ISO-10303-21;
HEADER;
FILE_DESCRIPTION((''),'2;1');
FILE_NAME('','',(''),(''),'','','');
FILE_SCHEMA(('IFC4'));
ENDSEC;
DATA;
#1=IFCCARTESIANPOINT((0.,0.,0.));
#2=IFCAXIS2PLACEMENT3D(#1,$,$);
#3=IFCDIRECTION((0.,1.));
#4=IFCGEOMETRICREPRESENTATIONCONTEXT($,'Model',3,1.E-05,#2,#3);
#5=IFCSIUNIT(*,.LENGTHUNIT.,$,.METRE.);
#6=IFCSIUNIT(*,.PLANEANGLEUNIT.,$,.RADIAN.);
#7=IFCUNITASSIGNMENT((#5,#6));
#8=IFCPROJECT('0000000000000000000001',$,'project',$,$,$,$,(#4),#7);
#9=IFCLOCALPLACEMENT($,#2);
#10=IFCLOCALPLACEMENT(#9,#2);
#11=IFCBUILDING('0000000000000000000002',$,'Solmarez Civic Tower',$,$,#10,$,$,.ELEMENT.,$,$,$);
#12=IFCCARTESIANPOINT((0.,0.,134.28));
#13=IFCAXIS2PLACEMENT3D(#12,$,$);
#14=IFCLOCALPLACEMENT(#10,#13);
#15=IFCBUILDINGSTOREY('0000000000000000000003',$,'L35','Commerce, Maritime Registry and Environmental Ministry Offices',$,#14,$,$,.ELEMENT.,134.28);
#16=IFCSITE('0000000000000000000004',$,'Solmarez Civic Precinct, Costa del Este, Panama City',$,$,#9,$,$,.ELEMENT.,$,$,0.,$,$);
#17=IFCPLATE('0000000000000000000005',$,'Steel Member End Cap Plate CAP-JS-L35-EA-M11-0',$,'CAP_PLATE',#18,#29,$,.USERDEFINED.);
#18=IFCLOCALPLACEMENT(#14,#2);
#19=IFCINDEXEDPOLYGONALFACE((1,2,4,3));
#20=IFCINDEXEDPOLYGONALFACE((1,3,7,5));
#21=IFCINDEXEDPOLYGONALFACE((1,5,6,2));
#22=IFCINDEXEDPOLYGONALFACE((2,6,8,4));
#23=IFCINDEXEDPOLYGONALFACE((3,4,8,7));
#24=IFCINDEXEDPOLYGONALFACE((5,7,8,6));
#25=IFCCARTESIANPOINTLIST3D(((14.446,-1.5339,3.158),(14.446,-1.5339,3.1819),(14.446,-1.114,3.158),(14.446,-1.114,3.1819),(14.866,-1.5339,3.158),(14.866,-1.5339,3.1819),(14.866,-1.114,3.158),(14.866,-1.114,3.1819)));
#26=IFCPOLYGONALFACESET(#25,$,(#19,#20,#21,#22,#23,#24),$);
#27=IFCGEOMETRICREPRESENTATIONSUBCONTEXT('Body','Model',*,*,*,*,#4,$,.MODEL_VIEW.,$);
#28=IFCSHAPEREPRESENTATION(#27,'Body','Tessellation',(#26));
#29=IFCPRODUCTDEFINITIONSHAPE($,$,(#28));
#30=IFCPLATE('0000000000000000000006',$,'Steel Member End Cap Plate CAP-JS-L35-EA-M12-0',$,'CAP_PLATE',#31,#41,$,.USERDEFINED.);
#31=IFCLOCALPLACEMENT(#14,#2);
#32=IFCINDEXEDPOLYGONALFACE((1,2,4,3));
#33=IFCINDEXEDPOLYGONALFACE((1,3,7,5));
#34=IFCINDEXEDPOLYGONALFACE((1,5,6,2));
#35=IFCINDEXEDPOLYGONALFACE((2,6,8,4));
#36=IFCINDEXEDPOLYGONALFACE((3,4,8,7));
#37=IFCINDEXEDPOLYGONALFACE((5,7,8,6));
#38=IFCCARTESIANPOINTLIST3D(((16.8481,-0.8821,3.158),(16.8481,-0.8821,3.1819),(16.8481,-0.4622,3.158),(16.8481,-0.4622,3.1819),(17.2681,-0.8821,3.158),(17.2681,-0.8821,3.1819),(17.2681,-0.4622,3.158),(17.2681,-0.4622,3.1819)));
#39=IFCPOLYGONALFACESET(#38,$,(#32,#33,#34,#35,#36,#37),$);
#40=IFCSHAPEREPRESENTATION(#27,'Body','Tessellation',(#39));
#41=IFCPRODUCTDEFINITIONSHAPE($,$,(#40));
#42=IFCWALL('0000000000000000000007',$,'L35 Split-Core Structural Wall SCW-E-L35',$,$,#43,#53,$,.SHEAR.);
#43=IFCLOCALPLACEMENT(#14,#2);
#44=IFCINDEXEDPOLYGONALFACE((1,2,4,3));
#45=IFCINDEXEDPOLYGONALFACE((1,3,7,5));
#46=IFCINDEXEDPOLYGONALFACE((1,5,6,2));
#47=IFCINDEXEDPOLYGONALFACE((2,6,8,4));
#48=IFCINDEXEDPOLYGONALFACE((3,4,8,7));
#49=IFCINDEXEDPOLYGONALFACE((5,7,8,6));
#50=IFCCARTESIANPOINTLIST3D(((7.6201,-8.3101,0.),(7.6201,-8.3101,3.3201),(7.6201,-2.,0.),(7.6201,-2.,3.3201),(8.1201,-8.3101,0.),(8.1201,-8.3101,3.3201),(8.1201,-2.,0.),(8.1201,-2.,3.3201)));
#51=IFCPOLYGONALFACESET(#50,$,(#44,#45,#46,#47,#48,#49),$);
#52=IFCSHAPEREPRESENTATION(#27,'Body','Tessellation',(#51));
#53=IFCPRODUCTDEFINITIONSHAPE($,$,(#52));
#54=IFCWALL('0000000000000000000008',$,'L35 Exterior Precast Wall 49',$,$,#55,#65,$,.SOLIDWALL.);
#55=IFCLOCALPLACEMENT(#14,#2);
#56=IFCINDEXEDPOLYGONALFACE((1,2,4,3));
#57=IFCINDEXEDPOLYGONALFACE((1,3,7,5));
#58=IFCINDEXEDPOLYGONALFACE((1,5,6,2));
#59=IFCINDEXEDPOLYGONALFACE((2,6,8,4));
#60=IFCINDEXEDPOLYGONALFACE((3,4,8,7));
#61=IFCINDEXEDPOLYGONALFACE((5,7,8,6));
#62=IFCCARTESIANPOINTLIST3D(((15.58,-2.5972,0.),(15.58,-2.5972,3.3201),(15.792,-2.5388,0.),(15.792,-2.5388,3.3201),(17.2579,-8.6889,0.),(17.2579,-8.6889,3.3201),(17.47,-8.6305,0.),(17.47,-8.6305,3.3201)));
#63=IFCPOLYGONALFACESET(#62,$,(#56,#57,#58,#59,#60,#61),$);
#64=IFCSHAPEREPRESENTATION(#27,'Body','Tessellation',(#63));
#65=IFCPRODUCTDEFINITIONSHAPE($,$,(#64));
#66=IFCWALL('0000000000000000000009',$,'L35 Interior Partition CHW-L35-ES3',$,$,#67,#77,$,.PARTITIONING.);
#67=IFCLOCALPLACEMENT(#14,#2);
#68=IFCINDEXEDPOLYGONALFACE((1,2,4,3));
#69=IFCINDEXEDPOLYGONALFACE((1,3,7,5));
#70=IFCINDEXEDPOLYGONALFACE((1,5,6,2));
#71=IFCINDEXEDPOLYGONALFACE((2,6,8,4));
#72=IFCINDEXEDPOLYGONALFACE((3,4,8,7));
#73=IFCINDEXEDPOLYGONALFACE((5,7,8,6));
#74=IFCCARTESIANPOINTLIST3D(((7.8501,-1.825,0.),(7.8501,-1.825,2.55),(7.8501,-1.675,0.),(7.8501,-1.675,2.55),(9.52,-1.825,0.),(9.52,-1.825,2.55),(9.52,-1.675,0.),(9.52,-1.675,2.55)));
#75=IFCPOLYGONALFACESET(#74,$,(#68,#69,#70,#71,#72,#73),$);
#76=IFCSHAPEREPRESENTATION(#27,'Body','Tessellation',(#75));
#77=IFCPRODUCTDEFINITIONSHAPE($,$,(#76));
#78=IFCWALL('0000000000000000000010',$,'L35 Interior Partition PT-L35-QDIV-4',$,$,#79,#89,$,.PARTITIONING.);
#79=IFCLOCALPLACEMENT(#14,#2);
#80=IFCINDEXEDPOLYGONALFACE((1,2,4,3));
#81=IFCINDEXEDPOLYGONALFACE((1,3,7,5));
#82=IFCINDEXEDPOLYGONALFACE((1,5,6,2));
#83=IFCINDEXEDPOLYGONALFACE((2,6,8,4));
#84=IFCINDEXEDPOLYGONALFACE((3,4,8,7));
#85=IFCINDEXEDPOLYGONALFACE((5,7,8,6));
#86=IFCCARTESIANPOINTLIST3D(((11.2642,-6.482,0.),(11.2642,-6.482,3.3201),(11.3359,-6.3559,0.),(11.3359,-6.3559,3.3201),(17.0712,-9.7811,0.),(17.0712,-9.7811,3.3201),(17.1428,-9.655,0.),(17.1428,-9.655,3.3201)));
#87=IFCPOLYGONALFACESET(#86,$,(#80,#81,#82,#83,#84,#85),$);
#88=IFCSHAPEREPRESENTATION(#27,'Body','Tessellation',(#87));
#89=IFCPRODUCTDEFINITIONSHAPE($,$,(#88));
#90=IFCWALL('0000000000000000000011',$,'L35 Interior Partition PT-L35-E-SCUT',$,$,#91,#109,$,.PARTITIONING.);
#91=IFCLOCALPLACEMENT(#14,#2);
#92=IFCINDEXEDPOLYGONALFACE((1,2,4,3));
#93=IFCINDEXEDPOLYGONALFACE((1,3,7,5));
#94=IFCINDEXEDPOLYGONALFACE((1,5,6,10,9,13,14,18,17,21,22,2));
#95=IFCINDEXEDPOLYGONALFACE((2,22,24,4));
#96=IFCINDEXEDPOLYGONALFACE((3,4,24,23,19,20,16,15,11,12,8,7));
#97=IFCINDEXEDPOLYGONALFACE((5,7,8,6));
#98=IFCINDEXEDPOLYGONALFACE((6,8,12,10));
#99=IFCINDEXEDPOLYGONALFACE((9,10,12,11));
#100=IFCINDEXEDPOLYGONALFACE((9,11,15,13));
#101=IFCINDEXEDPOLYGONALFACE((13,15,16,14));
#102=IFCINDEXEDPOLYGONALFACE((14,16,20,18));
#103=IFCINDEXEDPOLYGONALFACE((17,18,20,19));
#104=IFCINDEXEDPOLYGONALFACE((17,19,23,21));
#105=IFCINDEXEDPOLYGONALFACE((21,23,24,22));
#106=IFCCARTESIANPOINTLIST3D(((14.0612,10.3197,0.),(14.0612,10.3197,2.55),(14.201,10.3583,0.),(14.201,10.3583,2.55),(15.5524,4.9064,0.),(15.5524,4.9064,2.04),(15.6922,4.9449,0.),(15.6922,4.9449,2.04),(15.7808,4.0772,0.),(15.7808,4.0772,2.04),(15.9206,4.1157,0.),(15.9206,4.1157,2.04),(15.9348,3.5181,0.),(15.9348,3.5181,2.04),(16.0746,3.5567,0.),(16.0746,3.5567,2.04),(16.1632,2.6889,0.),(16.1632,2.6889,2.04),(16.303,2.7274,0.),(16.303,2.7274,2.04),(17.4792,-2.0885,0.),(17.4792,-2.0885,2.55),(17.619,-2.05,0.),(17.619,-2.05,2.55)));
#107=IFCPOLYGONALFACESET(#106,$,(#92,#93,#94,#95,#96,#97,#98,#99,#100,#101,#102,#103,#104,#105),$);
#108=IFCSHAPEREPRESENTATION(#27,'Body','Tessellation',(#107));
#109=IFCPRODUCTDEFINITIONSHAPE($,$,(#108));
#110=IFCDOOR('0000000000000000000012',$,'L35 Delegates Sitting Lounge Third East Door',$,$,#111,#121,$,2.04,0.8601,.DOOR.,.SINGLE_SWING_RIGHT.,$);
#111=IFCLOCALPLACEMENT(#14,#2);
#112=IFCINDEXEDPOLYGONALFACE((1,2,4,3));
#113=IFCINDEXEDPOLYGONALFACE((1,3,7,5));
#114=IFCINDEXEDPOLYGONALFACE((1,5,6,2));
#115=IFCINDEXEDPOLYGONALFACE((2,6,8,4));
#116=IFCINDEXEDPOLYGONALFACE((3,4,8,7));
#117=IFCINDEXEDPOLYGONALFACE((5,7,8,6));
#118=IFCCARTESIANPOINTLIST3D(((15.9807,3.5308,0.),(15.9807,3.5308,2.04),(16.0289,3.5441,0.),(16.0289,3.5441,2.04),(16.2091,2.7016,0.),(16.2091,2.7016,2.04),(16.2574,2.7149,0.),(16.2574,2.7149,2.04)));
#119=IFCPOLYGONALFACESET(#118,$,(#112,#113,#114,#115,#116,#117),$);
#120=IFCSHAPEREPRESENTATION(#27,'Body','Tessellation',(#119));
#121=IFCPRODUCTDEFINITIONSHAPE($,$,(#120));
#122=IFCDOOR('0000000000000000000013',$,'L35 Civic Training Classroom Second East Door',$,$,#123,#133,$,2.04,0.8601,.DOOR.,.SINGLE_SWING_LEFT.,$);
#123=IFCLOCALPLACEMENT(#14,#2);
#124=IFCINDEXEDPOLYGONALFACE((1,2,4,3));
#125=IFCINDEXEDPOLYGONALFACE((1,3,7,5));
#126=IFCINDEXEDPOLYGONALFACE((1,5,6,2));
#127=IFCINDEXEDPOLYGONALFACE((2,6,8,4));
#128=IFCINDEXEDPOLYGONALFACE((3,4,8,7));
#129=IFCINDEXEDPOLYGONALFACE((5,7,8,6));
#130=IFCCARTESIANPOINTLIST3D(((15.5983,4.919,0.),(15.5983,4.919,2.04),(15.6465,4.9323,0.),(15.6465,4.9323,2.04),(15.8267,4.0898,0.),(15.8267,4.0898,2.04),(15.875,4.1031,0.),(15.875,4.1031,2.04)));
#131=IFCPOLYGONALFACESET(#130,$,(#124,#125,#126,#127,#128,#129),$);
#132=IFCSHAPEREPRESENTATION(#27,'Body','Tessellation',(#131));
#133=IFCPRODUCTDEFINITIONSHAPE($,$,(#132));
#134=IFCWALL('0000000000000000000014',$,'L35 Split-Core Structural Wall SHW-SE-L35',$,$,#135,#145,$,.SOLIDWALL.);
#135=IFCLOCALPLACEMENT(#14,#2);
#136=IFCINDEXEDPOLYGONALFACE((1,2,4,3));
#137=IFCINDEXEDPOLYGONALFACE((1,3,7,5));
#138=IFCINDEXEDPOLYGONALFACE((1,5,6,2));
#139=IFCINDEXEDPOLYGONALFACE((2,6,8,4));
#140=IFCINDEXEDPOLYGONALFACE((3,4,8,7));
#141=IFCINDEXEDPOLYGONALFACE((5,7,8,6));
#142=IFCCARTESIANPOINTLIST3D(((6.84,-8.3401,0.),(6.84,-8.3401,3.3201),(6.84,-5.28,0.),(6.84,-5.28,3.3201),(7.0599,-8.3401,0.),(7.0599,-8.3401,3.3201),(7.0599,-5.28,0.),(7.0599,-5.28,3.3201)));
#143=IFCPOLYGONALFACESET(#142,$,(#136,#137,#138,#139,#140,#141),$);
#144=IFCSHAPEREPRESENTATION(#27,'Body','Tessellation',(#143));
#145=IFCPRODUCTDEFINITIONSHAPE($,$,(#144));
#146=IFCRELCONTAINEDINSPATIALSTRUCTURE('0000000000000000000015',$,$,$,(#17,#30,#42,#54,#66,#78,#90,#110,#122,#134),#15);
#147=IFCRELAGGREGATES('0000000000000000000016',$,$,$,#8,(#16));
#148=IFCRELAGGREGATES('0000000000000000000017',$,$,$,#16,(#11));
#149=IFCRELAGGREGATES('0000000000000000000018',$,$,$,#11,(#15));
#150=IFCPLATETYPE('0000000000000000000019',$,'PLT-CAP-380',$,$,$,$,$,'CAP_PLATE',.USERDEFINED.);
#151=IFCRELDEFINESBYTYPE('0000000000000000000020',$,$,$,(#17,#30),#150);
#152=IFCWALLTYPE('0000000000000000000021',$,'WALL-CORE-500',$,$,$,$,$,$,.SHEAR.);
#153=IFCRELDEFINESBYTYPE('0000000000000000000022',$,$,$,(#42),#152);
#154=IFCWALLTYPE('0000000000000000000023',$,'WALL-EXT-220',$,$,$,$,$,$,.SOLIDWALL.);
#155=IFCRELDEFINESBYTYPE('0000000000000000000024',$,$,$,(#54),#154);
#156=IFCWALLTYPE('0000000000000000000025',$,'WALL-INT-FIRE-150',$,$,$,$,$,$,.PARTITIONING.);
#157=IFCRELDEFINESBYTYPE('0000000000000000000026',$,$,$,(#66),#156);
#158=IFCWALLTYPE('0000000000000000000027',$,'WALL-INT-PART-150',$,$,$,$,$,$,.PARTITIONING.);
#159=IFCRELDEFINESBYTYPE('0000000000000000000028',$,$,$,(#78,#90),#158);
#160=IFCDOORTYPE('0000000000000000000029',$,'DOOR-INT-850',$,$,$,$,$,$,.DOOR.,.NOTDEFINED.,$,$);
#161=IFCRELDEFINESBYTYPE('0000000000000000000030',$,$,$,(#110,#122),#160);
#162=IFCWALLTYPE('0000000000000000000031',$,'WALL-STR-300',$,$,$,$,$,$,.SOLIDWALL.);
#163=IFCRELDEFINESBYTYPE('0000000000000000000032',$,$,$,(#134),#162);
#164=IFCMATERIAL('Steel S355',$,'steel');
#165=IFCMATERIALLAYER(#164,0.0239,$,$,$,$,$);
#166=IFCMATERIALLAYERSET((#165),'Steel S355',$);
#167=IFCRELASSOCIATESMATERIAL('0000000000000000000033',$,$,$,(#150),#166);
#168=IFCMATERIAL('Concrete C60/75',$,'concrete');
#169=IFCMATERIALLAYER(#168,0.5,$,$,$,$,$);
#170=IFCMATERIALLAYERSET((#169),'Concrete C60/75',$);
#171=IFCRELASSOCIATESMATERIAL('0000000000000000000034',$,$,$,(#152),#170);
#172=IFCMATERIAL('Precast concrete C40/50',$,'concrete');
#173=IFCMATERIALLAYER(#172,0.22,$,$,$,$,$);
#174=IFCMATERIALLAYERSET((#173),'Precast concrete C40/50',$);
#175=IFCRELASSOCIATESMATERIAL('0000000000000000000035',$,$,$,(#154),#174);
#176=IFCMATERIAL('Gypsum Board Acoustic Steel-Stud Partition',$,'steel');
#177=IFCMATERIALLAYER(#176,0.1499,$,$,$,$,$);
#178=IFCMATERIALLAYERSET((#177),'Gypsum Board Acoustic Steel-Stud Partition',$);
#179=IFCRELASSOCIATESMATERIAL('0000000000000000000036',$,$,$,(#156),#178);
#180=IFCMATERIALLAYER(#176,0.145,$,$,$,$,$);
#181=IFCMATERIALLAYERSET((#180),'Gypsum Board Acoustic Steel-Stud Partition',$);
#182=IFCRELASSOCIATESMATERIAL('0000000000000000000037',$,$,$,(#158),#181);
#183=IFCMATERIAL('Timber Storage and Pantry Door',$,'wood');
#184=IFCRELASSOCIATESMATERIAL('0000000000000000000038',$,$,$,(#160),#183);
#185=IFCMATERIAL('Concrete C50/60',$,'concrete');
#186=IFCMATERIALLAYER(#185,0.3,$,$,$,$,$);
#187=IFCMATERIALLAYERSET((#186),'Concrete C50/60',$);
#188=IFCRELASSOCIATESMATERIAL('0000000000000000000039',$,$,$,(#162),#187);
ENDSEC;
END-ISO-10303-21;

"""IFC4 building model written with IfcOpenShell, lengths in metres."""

from ifc_helpers import new_model, si_unit, direction, frame, frame_2d, origin, origin_2d, place, context, subcontext, project, spatial, rectangle, extrude, material, layer, layer_set, type_object, element, fill, save


model = new_model("IFC4")

# Units and contexts
model_context = context("Model", 3, precision=1e-05, world=origin(), true_north=direction((0.0, 1.0)))
body_context = subcontext(model_context, "Body", "Model", "MODEL_VIEW")
ifc_project = project(units=[si_unit("LENGTHUNIT", "METRE"), si_unit("PLANEANGLEUNIT", "RADIAN")], contexts=[model_context])

# Site, building, storey
site_placement = place(None, origin())
site = spatial("IfcSite", under=ifc_project, at=site_placement, Name="Solmarez Civic Precinct, Costa del Este, Panama City", CompositionType="ELEMENT", RefElevation=0.0)
building_placement = place(site_placement, origin())
building = spatial("IfcBuilding", under=site, at=building_placement, Name="Solmarez Civic Tower", CompositionType="ELEMENT")
storey_placement = place(building_placement, frame((0.0, 0.0, 134.28)))
storey = spatial("IfcBuildingStorey", under=building, at=storey_placement, Name="L35", Description="Commerce, Maritime Registry and Environmental Ministry Offices", CompositionType="ELEMENT", Elevation=134.28)

# Shared definitions
ifc_material_1 = material(Name="Concrete C50/60", Category="concrete")

# Shared definitions
ifc_material_2 = material(Name="Steel S355", Category="steel")

# Plates
ifc_layer_1 = layer(ifc_material_2, 0.0239)
ifc_layer_set_1 = layer_set([ifc_layer_1], Name="Steel S355")
plate_type = type_object("IfcPlateType", Name="PLT-CAP-380", ElementType="CAP_PLATE", PredefinedType="USERDEFINED", material=ifc_layer_set_1)
for number, where, z_axis, x_axis, name in (
    (1, (14.656, -1.324, 3.158), (0.0, 0.0, 1.0), (1.0, 0.0, 0.0), "Steel Member End Cap Plate CAP-JS-L35-EA-M11-0"),
    (2, (17.0581, -0.6721, 3.158), (0.0, 0.0, 1.0), (1.0, 0.0, 0.0), "Steel Member End Cap Plate CAP-JS-L35-EA-M12-0"),
):
    element("IfcPlate", number, at=place(storey_placement, frame(where, z_axis=z_axis, x_axis=x_axis)), inside=storey, type_object=plate_type, Name=name, ObjectType="CAP_PLATE", PredefinedType="USERDEFINED", context=body_context, shape_type="SweptSolid", body=[
        extrude(rectangle(XDim=0.4199, YDim=0.4199, at=origin_2d()), origin(), (0.0, 0.0, 1.0), 0.0239),
    ])

# Walls
ifc_material_3 = material(Name="Concrete C60/75", Category="concrete")
ifc_layer_2 = layer(ifc_material_3, 0.5)
ifc_layer_set_2 = layer_set([ifc_layer_2], Name="Concrete C60/75")
wall_type_1 = type_object("IfcWallType", Name="WALL-CORE-500", PredefinedType="SHEAR", material=ifc_layer_set_2)
wall_1_placement = place(storey_placement, frame((7.8701, -2.0, 0.0), z_axis=(0.0, 0.0, 1.0), x_axis=(0.0, -1.0, 0.0)))
element("IfcWall", 3, at=wall_1_placement, inside=storey, type_object=wall_type_1, Name="L35 Split-Core Structural Wall SCW-E-L35", PredefinedType="SHEAR", context=body_context, shape_type="SweptSolid", body=[
    extrude(rectangle(XDim=6.3101, YDim=0.5, at=frame_2d((3.155, 0.0))), origin(), (0.0, 0.0, 1.0), 3.3201),
])
ifc_material_4 = material(Name="Precast concrete C40/50", Category="concrete")
ifc_layer_3 = layer(ifc_material_4, 0.22)
ifc_layer_set_3 = layer_set([ifc_layer_3], Name="Precast concrete C40/50")
wall_type_2 = type_object("IfcWallType", Name="WALL-EXT-220", PredefinedType="SOLIDWALL", material=ifc_layer_set_3)
wall_2_placement = place(storey_placement, frame((15.686, -2.5681, 0.0), z_axis=(0.0, 0.0, 1.0), x_axis=(0.265559, -0.964095, 0.0)))
element("IfcWall", 4, at=wall_2_placement, inside=storey, type_object=wall_type_2, Name="L35 Exterior Precast Wall 49", PredefinedType="SOLIDWALL", context=body_context, shape_type="SweptSolid", body=[
    extrude(rectangle(XDim=6.3186, YDim=0.22, at=frame_2d((3.1592, 0.0))), origin(), (0.0, 0.0, 1.0), 3.3201),
])
ifc_material_5 = material(Name="Gypsum Board Acoustic Steel-Stud Partition", Category="steel")
ifc_layer_4 = layer(ifc_material_5, 0.1499)
ifc_layer_set_4 = layer_set([ifc_layer_4], Name="Gypsum Board Acoustic Steel-Stud Partition")
wall_type_3 = type_object("IfcWallType", Name="WALL-INT-FIRE-150", PredefinedType="PARTITIONING", material=ifc_layer_set_4)
wall_3_placement = place(storey_placement, frame((7.8501, -1.75, 0.0), z_axis=(0.0, 0.0, 1.0), x_axis=(1.0, 0.0, 0.0)))
element("IfcWall", 5, at=wall_3_placement, inside=storey, type_object=wall_type_3, Name="L35 Interior Partition CHW-L35-ES3", PredefinedType="PARTITIONING", context=body_context, shape_type="SweptSolid", body=[
    extrude(rectangle(XDim=1.6699, YDim=0.1499, at=frame_2d((0.835, 0.0))), origin(), (0.0, 0.0, 1.0), 2.55),
])
ifc_layer_5 = layer(ifc_material_5, 0.145)
ifc_layer_set_5 = layer_set([ifc_layer_5], Name="Gypsum Board Acoustic Steel-Stud Partition")
wall_type_4 = type_object("IfcWallType", Name="WALL-INT-PART-150", PredefinedType="PARTITIONING", material=ifc_layer_set_5)
wall_4_placement = place(storey_placement, frame((11.3, -6.4189, 0.0), z_axis=(0.0, 0.0, 1.0), x_axis=(0.869475, -0.493976, 0.0)))
element("IfcWall", 6, at=wall_4_placement, inside=storey, type_object=wall_type_4, Name="L35 Interior Partition PT-L35-QDIV-4", PredefinedType="PARTITIONING", context=body_context, shape_type="SweptSolid", body=[
    extrude(rectangle(XDim=6.6787, YDim=0.145, at=frame_2d((3.3394, 0.0))), origin(), (0.0, 0.0, 1.0), 3.3201),
])

# Wall, openings, doors
wall_5_placement = place(storey_placement, frame((17.5491, -2.0691, 0.0), z_axis=(0.0, 0.0, 1.0), x_axis=(-0.265569, 0.964092, 0.0)))
wall_5 = element("IfcWall", 7, at=wall_5_placement, inside=storey, type_object=wall_type_4, Name="L35 Interior Partition PT-L35-E-SCUT", PredefinedType="PARTITIONING", context=body_context, shape_type="SweptSolid", body=[
    extrude(rectangle(XDim=12.8704, YDim=0.145, at=frame_2d((6.4351, 0.0))), origin(), (0.0, 0.0, 1.0), 2.55),
])
opening_1_placement = place(wall_5_placement, frame((4.9551, 0.0, 0.0)))
opening_1 = element("IfcOpeningElement", 8, at=opening_1_placement, cuts=wall_5, PredefinedType="OPENING", context=body_context, shape_type="SweptSolid", body=[
    extrude(rectangle(XDim=0.8601, YDim=2.04, at=frame_2d((0.4302, 1.02))), frame((0.0, 0.0825, 0.0), z_axis=(0.0, -1.0, 0.0), x_axis=(1.0, 0.0, 0.0)), (0.0, 0.0, 1.0), 0.165),
])
opening_2_placement = place(wall_5_placement, frame((6.395, 0.0, 0.0)))
opening_2 = element("IfcOpeningElement", 9, at=opening_2_placement, cuts=wall_5, PredefinedType="OPENING", context=body_context, shape_type="SweptSolid", body=[
    extrude(rectangle(XDim=0.8601, YDim=2.04, at=frame_2d((0.4302, 1.02))), frame((0.0, 0.0825, 0.0), z_axis=(0.0, -1.0, 0.0), x_axis=(1.0, 0.0, 0.0)), (0.0, 0.0, 1.0), 0.165),
])
ifc_material_6 = material(Name="Timber Storage and Pantry Door", Category="wood")
door_type = type_object("IfcDoorType", Name="DOOR-INT-850", OperationType="NOTDEFINED", PredefinedType="DOOR", material=ifc_material_6)
door_1_placement = place(opening_1_placement, origin())
door_1 = element("IfcDoor", 10, at=door_1_placement, inside=storey, type_object=door_type, Name="L35 Delegates Sitting Lounge Third East Door", OperationType="SINGLE_SWING_RIGHT", OverallHeight=2.04, OverallWidth=0.8601, PredefinedType="DOOR", context=body_context, shape_type="SweptSolid", body=[
    extrude(rectangle(XDim=0.8601, YDim=2.04, at=frame_2d((0.4302, 1.02))), frame((0.0, 0.0249, 0.0), z_axis=(0.0, -1.0, 0.0), x_axis=(1.0, 0.0, 0.0)), (0.0, 0.0, 1.0), 0.05),
])
fill(opening_1, door_1)
door_2_placement = place(opening_2_placement, origin())
door_2 = element("IfcDoor", 11, at=door_2_placement, inside=storey, type_object=door_type, Name="L35 Civic Training Classroom Second East Door", OperationType="SINGLE_SWING_LEFT", OverallHeight=2.04, OverallWidth=0.8601, PredefinedType="DOOR", context=body_context, shape_type="SweptSolid", body=[
    extrude(rectangle(XDim=0.8601, YDim=2.04, at=frame_2d((0.4302, 1.02))), frame((0.0, 0.0249, 0.0), z_axis=(0.0, -1.0, 0.0), x_axis=(1.0, 0.0, 0.0)), (0.0, 0.0, 1.0), 0.05),
])
fill(opening_2, door_2)

# Wall
ifc_layer_6 = layer(ifc_material_1, 0.3)
ifc_layer_set_6 = layer_set([ifc_layer_6], Name="Concrete C50/60")
wall_type_5 = type_object("IfcWallType", Name="WALL-STR-300", PredefinedType="SOLIDWALL", material=ifc_layer_set_6)
wall_6_placement = place(storey_placement, frame((6.95, -8.3401, 0.0), z_axis=(0.0, 0.0, 1.0), x_axis=(0.0, 1.0, 0.0)))
element("IfcWall", 12, at=wall_6_placement, inside=storey, type_object=wall_type_5, Name="L35 Split-Core Structural Wall SHW-SE-L35", PredefinedType="SOLIDWALL", context=body_context, shape_type="SweptSolid", body=[
    extrude(rectangle(XDim=3.0601, YDim=0.22, at=frame_2d((1.53, 0.0))), origin(), (0.0, 0.0, 1.0), 3.3201),
])

save(model, "model.ifc")
